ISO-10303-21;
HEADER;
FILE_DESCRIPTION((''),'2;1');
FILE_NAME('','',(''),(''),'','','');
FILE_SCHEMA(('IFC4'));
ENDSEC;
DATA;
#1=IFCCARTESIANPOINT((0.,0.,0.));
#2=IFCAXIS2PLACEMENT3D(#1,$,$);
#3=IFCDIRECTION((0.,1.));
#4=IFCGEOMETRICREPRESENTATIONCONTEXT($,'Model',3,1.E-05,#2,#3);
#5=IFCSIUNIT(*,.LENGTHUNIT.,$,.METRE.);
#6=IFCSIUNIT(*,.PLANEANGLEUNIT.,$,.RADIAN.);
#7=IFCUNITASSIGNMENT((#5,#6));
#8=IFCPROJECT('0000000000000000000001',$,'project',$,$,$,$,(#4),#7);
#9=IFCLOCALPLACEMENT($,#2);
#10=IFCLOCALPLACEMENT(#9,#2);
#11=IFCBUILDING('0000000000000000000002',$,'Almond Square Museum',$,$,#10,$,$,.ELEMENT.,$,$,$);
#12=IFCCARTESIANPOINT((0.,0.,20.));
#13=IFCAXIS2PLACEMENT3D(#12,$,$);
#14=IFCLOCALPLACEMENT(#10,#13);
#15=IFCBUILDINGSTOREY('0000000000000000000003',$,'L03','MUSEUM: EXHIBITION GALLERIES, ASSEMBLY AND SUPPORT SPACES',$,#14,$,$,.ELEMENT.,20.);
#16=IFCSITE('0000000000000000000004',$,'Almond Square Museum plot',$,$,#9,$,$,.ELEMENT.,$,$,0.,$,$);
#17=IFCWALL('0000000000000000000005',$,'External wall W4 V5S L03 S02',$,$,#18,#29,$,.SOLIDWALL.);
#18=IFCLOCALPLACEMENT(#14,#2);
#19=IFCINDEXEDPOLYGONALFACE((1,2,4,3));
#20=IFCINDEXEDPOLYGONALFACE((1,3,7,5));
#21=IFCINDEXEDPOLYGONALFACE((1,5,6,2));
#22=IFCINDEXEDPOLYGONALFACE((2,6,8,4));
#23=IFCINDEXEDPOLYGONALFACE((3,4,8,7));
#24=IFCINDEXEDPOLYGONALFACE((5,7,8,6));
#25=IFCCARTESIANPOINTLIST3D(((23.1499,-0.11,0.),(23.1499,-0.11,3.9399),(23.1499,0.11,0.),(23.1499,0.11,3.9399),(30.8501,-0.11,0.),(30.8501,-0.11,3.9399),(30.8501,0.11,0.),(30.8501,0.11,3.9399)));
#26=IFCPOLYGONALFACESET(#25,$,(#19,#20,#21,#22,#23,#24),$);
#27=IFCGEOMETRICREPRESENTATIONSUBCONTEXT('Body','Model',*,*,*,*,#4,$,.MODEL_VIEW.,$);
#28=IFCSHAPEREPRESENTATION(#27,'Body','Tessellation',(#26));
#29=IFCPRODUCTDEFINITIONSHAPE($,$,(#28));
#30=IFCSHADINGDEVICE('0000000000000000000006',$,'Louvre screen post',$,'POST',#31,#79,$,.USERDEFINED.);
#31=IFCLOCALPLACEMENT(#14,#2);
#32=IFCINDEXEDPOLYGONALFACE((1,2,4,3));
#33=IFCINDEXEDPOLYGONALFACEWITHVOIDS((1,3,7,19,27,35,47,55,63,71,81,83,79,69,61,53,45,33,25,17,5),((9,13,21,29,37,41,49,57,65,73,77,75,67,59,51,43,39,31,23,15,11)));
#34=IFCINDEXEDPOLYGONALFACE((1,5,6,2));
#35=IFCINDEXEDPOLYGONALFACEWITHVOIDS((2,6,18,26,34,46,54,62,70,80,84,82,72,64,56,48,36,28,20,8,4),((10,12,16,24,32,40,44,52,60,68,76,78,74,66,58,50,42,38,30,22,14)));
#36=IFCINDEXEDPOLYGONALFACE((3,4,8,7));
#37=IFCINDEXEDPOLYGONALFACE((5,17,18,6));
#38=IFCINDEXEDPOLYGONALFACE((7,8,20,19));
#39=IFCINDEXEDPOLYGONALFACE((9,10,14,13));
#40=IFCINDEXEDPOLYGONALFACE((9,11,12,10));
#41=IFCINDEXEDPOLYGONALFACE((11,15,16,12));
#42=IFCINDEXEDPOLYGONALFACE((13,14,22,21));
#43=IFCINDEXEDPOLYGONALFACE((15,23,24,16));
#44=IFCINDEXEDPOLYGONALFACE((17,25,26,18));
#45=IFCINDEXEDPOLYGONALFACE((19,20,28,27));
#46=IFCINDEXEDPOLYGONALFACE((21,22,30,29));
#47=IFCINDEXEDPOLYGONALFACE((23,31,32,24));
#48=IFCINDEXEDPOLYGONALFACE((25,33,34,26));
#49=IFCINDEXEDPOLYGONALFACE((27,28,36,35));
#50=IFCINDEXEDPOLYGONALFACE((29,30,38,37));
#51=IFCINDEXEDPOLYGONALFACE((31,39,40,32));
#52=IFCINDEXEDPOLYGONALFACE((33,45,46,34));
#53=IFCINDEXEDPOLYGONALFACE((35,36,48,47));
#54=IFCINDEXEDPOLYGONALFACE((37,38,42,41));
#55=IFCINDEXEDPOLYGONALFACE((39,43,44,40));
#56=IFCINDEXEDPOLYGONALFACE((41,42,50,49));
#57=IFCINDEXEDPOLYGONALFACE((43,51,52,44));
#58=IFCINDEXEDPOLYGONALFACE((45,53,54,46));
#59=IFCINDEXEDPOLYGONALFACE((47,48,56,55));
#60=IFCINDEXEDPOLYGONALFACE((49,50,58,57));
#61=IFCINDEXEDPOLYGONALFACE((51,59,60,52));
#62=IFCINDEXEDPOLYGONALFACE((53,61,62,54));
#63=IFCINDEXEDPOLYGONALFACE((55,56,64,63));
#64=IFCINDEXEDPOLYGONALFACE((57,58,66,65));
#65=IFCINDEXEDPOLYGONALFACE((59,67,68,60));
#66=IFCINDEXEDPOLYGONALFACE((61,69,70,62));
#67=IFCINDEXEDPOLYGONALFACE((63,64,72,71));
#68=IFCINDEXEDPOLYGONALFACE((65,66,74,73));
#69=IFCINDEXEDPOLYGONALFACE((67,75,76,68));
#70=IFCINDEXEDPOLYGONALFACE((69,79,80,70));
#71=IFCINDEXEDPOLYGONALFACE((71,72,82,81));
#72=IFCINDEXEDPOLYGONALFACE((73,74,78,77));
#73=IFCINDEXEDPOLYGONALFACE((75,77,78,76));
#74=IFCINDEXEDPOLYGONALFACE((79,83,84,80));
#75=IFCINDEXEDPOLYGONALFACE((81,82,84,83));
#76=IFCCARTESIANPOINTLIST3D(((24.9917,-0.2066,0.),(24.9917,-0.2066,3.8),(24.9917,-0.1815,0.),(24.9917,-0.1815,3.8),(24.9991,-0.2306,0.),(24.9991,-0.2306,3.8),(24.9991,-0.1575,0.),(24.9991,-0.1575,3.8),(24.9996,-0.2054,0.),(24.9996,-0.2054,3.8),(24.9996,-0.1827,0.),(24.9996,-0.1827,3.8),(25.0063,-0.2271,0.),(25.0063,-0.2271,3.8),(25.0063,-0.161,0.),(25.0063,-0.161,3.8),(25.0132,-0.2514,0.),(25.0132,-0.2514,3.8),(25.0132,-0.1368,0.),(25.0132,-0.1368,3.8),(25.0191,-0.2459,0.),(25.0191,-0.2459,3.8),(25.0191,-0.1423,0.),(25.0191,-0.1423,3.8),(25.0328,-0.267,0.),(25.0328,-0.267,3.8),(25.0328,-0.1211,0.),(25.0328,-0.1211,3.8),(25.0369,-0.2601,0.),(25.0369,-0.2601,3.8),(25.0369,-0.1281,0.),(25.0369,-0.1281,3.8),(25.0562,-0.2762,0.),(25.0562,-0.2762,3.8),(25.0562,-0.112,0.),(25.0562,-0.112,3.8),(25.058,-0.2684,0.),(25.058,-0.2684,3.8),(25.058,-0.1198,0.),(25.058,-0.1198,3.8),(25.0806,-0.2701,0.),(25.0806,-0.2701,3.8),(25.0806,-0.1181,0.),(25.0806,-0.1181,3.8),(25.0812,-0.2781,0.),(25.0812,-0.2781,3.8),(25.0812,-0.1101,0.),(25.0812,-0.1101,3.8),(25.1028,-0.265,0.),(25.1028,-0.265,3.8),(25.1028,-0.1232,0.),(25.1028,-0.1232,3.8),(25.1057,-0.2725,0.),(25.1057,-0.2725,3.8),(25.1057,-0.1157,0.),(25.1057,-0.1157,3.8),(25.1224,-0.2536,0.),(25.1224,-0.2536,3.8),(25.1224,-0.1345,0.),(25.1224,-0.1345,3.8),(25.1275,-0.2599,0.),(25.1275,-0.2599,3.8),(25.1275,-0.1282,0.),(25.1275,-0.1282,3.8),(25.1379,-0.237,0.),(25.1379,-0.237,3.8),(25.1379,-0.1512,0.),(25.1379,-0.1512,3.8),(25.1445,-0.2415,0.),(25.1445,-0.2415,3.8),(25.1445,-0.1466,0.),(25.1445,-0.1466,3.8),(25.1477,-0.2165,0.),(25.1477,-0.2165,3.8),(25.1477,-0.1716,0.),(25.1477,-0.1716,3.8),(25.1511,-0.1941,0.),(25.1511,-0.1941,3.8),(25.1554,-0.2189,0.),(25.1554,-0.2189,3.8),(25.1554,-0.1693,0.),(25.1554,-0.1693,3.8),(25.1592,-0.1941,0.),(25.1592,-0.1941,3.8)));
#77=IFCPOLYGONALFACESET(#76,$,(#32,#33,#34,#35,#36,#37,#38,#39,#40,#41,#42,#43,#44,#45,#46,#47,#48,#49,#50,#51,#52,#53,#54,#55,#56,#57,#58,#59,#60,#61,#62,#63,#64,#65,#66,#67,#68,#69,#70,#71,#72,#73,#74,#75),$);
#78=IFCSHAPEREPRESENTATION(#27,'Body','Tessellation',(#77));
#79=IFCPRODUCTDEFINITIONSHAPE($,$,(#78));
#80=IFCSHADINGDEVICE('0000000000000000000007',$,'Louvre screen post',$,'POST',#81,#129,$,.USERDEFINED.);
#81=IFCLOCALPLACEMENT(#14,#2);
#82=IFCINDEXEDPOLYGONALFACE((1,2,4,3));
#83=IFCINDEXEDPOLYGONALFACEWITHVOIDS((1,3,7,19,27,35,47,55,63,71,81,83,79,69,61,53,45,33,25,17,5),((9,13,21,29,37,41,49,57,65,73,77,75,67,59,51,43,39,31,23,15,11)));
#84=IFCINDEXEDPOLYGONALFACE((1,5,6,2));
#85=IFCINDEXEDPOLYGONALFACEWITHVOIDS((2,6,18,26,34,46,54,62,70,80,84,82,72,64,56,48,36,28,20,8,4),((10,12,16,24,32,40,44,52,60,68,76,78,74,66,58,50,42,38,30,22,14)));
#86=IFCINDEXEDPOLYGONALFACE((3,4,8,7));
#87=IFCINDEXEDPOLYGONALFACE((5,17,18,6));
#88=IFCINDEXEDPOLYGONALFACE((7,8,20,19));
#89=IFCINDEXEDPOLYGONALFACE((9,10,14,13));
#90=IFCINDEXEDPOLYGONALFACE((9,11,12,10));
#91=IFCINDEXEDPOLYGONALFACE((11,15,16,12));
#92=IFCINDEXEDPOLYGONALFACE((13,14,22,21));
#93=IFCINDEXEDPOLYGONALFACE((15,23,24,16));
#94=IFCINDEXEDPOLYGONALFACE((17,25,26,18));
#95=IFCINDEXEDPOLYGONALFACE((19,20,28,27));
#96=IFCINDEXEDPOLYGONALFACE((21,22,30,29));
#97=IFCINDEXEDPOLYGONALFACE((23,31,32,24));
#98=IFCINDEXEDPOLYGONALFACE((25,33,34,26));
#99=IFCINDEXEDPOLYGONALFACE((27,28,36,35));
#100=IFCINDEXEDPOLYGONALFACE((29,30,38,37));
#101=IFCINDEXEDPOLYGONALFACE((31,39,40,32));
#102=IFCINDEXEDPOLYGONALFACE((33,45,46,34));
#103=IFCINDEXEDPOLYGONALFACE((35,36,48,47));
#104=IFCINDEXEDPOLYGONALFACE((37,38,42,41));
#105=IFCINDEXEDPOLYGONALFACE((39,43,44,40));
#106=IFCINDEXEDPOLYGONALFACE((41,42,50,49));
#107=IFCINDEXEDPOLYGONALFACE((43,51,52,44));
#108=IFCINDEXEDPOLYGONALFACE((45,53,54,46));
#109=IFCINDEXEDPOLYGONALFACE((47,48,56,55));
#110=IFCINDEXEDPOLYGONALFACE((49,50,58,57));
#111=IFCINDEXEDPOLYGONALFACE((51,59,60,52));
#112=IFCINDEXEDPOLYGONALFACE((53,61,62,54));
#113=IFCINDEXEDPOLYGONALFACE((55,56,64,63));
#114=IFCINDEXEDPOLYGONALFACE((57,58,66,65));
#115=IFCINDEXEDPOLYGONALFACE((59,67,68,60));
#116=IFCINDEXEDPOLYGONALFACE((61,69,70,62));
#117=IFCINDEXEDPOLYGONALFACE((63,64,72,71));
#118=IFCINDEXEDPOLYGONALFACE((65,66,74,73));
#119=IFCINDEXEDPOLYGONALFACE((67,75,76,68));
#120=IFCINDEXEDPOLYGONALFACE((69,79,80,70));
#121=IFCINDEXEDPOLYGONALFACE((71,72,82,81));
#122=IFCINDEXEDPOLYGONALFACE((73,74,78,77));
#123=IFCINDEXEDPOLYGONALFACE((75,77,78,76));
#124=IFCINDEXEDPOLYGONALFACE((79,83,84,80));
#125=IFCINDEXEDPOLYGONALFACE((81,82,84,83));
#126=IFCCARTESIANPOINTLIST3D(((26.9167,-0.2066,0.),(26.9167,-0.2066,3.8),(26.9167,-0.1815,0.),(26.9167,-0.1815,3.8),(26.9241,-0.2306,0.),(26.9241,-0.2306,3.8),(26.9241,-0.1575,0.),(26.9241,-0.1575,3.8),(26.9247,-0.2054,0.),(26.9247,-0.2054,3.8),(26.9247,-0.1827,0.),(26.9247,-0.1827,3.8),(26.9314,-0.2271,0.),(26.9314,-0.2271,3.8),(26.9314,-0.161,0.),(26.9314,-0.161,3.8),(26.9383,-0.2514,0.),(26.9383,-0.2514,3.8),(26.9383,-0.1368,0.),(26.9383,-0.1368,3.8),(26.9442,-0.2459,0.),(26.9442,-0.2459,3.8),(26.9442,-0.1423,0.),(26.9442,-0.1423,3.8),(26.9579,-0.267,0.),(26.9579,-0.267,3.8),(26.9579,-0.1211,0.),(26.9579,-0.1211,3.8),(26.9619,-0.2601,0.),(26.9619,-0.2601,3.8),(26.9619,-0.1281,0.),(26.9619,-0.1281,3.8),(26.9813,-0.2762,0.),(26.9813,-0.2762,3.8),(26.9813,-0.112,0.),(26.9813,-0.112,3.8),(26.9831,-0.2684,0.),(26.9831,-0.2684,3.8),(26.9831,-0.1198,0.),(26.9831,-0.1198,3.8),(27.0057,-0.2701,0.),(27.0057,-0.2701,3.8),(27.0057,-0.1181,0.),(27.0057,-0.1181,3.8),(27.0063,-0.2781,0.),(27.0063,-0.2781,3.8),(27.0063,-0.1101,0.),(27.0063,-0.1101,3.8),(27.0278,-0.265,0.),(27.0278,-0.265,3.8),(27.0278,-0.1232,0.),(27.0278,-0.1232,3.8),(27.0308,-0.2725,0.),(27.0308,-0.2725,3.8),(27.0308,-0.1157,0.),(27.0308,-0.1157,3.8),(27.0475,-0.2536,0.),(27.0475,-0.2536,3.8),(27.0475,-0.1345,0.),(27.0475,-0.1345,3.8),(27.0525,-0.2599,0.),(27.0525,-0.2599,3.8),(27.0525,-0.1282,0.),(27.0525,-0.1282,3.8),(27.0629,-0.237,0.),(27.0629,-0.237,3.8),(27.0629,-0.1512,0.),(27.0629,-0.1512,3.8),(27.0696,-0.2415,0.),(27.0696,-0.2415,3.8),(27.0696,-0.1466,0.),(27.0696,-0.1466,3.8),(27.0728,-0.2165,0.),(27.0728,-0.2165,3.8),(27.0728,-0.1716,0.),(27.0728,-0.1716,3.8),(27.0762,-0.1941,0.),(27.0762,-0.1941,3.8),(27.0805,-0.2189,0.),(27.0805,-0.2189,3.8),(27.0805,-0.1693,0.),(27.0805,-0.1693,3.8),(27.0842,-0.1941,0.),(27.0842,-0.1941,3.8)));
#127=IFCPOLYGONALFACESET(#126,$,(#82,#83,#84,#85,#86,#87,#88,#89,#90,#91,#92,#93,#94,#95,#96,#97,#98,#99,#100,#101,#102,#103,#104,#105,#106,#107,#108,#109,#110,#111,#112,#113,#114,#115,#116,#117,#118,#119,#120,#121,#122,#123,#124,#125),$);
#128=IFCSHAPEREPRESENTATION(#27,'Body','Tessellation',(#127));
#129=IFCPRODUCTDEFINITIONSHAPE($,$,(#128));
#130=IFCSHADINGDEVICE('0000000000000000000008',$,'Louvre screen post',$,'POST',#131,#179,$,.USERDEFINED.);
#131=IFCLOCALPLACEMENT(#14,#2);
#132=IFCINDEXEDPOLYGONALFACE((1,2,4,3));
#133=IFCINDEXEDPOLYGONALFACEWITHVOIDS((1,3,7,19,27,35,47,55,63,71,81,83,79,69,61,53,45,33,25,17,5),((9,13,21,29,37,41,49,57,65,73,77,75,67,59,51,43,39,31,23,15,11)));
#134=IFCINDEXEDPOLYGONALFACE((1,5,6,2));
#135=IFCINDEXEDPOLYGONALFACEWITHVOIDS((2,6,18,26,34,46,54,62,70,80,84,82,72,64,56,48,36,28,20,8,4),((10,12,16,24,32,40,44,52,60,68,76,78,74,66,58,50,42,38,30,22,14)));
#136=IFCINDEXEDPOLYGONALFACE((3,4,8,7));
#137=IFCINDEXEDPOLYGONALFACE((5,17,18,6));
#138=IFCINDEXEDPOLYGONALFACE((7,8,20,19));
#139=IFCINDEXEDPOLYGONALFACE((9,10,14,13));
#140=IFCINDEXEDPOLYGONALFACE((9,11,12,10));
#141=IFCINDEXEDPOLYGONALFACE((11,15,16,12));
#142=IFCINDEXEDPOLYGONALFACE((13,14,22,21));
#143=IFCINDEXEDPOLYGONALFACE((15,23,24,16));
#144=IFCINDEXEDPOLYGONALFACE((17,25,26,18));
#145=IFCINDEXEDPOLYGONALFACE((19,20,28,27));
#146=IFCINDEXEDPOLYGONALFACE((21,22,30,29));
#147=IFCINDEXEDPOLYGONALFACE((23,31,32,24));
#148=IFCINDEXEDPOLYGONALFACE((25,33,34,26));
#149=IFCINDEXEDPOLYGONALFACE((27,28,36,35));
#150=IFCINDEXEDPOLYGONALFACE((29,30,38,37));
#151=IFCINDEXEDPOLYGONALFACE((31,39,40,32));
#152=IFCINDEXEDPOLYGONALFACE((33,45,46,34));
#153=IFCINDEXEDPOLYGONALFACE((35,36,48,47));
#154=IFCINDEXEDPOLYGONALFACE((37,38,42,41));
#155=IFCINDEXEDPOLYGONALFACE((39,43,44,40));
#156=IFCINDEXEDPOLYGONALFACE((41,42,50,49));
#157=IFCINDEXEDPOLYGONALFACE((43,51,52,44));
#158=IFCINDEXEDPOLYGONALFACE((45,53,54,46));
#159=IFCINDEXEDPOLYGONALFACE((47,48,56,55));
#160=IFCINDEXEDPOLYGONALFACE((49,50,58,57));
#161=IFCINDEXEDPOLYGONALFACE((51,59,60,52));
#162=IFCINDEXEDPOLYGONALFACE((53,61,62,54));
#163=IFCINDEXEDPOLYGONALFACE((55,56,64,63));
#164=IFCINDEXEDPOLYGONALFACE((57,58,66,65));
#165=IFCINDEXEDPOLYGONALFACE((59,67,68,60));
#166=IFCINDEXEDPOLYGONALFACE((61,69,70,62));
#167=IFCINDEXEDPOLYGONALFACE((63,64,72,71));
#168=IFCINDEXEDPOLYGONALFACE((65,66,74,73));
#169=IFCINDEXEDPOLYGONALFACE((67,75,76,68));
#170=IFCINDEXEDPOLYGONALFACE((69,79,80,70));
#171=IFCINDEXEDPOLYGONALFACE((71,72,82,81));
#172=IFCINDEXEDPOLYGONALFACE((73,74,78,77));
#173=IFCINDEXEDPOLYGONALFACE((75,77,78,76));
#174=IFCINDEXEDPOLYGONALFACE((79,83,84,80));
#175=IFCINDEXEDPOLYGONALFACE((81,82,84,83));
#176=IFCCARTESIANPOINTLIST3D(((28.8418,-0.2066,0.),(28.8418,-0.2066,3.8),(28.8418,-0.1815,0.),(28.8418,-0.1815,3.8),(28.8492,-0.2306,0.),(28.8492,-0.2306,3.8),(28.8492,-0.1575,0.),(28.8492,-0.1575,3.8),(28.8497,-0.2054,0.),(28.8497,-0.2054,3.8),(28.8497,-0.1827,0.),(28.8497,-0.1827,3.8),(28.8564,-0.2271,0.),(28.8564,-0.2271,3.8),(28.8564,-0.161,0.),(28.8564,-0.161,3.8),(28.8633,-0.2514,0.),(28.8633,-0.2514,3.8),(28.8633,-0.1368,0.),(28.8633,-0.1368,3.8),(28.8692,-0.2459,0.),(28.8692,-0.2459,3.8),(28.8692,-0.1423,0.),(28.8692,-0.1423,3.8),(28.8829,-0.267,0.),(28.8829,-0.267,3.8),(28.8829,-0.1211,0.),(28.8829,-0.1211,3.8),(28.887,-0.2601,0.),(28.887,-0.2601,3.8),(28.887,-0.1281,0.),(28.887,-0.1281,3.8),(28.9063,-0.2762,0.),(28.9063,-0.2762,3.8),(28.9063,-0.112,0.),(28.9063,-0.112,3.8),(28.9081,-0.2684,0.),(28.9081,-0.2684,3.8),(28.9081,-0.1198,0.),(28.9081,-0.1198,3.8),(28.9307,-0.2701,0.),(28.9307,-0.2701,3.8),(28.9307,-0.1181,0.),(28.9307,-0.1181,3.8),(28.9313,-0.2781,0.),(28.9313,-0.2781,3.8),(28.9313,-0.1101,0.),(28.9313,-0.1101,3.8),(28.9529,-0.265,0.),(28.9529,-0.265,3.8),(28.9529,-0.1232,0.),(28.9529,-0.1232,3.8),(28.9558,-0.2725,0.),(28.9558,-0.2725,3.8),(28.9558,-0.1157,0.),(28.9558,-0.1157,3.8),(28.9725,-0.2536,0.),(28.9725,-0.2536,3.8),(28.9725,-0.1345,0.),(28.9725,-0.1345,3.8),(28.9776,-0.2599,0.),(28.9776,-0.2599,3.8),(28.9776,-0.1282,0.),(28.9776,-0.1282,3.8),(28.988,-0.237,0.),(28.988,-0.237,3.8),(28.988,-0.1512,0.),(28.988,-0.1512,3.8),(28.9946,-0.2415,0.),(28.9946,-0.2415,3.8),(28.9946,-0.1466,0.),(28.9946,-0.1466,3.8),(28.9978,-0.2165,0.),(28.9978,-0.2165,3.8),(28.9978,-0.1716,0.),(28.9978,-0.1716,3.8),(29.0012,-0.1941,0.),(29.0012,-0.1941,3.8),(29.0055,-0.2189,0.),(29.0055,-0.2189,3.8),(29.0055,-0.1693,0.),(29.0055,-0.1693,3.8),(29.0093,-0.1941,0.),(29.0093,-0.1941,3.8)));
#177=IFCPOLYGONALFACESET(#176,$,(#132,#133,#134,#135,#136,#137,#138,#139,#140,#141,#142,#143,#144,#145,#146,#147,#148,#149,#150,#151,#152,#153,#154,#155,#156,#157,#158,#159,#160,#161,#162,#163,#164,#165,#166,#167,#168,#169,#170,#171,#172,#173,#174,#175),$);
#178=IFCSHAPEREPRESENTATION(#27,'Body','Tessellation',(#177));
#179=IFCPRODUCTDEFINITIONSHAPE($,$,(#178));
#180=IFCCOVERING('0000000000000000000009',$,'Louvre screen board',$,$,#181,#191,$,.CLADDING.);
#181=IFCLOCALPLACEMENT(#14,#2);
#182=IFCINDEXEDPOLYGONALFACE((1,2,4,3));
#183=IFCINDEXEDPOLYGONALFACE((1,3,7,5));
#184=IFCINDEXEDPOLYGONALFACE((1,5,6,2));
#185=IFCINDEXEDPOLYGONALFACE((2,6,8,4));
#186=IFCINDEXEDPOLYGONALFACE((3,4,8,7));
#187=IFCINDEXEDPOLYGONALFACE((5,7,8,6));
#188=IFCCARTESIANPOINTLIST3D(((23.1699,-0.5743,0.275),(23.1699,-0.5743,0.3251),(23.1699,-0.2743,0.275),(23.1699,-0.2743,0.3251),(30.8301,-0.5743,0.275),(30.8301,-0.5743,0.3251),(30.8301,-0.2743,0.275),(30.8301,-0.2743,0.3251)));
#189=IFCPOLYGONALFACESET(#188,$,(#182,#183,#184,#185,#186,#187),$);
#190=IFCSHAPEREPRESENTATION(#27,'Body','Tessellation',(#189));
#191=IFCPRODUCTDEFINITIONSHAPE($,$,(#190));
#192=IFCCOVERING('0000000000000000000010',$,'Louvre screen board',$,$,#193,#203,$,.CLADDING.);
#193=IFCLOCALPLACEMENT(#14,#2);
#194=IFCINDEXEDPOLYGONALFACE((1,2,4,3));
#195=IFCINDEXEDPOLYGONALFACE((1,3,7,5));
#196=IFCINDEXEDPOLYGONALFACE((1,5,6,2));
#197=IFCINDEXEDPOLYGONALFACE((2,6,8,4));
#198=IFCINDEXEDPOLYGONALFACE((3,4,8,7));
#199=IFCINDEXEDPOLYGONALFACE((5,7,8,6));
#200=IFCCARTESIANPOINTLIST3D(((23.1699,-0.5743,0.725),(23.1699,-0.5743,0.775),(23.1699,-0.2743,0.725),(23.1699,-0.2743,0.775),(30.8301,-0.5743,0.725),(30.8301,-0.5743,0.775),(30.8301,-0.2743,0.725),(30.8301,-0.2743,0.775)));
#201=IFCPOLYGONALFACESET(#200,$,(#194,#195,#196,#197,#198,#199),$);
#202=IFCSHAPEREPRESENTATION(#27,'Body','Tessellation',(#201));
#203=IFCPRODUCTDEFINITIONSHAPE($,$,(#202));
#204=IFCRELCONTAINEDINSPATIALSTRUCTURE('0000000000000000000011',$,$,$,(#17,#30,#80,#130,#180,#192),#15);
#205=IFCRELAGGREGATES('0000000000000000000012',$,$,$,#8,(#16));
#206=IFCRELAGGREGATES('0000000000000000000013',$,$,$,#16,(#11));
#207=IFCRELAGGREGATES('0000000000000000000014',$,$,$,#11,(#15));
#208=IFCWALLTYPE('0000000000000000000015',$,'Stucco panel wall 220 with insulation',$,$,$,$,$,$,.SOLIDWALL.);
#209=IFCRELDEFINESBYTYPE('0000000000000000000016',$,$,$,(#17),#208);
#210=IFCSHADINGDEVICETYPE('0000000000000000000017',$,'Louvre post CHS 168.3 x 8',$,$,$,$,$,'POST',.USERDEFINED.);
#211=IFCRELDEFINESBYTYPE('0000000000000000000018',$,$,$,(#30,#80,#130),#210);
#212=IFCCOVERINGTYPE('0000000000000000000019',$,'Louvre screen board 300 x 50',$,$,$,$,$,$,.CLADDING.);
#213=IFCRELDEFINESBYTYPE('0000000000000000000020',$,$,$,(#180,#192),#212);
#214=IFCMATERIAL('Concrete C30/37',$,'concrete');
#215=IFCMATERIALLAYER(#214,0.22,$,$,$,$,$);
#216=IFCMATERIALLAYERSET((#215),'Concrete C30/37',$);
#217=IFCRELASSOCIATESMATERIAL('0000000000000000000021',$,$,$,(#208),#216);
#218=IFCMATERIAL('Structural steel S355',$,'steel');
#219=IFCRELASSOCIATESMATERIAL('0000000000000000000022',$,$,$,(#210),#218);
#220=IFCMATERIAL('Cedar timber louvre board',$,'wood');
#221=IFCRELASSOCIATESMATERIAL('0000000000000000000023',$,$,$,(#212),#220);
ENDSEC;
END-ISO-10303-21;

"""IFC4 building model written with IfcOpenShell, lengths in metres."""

from ifc_helpers import new_model, si_unit, direction, frame, frame_2d, origin, origin_2d, place, context, subcontext, project, spatial, rectangle, hollow_circle, extrude, material, layer, layer_set, material_profile, profile_set, type_object, element, save


model = new_model("IFC4")

# Units and contexts
model_context = context("Model", 3, precision=1e-05, world=origin(), true_north=direction((0.0, 1.0)))
body_context = subcontext(model_context, "Body", "Model", "MODEL_VIEW")
ifc_project = project(units=[si_unit("LENGTHUNIT", "METRE"), si_unit("PLANEANGLEUNIT", "RADIAN")], contexts=[model_context])

# Site, building, storey
site_placement = place(None, origin())
site = spatial("IfcSite", under=ifc_project, at=site_placement, Name="Almond Square Museum plot", CompositionType="ELEMENT", RefElevation=0.0)
building_placement = place(site_placement, origin())
building = spatial("IfcBuilding", under=site, at=building_placement, Name="Almond Square Museum", CompositionType="ELEMENT")
storey_placement = place(building_placement, frame((0.0, 0.0, 20.0)))
storey = spatial("IfcBuildingStorey", under=building, at=storey_placement, Name="L03", Description="MUSEUM: EXHIBITION GALLERIES, ASSEMBLY AND SUPPORT SPACES", CompositionType="ELEMENT", Elevation=20.0)

# Wall
ifc_material_1 = material(Name="Concrete C30/37", Category="concrete")
ifc_layer = layer(ifc_material_1, 0.22)
ifc_layer_set = layer_set([ifc_layer], Name="Concrete C30/37")
wall_type = type_object("IfcWallType", Name="Stucco panel wall 220 with insulation", PredefinedType="SOLIDWALL", material=ifc_layer_set)
wall_placement = place(storey_placement, frame((23.1499, 0.0, 0.0), z_axis=(0.0, 0.0, 1.0), x_axis=(1.0, 0.0, 0.0)))
element("IfcWall", 1, at=wall_placement, inside=storey, type_object=wall_type, Name="External wall W4 V5S L03 S02", PredefinedType="SOLIDWALL", context=body_context, shape_type="SweptSolid", body=[
    extrude(rectangle(XDim=7.7002, YDim=0.22, at=frame_2d((3.8501, 0.0))), origin(), (0.0, 0.0, 1.0), 3.9399),
])

# Shading devices
ifc_material_2 = material(Name="Structural steel S355", Category="steel")
ifc_material_profile_1 = material_profile(ifc_material_2, hollow_circle(Radius=0.0842, WallThickness=0.0081, at=origin_2d()))
ifc_profile_set_1 = profile_set([ifc_material_profile_1], Name="Structural steel S355")
shading_device_type = type_object("IfcShadingDeviceType", Name="Louvre post CHS 168.3 x 8", ElementType="POST", PredefinedType="USERDEFINED", material=ifc_profile_set_1)
for number, where, z_axis, x_axis, name in (
    (2, (25.075, -0.1941, 0.0), (0.0, 0.0, 1.0), (1.0, 0.0, 0.0), "Louvre screen post"),
    (3, (27.0, -0.1941, 0.0), (0.0, 0.0, 1.0), (1.0, 0.0, 0.0), "Louvre screen post"),
    (4, (28.925, -0.1941, 0.0), (0.0, 0.0, 1.0), (1.0, 0.0, 0.0), "Louvre screen post"),
):
    element("IfcShadingDevice", number, at=place(storey_placement, frame(where, z_axis=z_axis, x_axis=x_axis)), inside=storey, type_object=shading_device_type, Name=name, ObjectType="POST", PredefinedType="USERDEFINED", context=body_context, shape_type="SweptSolid", body=[
        extrude(hollow_circle(Radius=0.0842, WallThickness=0.0081, at=origin_2d()), origin(), (0.0, 0.0, 1.0), 3.8),
    ])

# Coverings
ifc_material_3 = material(Name="Cedar timber louvre board", Category="wood")
ifc_material_profile_2 = material_profile(ifc_material_3, rectangle(XDim=0.3, YDim=0.05, at=origin_2d()))
ifc_profile_set_2 = profile_set([ifc_material_profile_2], Name="Cedar timber louvre board")
covering_type = type_object("IfcCoveringType", Name="Louvre screen board 300 x 50", PredefinedType="CLADDING", material=ifc_profile_set_2)
for number, where, z_axis, x_axis, name in (
    (5, (23.1699, -0.4243, 0.3), (1.0, 0.0, 0.0), (0.0, 1.0, 0.0), "Louvre screen board"),
    (6, (23.1699, -0.4243, 0.75), (1.0, 0.0, 0.0), (0.0, 1.0, 0.0), "Louvre screen board"),
):
    element("IfcCovering", number, at=place(storey_placement, frame(where, z_axis=z_axis, x_axis=x_axis)), inside=storey, type_object=covering_type, Name=name, PredefinedType="CLADDING", context=body_context, shape_type="SweptSolid", body=[
        extrude(rectangle(XDim=0.3, YDim=0.05, at=origin_2d()), origin(), (0.0, 0.0, 1.0), 7.6602),
    ])

save(model, "model.ifc")
